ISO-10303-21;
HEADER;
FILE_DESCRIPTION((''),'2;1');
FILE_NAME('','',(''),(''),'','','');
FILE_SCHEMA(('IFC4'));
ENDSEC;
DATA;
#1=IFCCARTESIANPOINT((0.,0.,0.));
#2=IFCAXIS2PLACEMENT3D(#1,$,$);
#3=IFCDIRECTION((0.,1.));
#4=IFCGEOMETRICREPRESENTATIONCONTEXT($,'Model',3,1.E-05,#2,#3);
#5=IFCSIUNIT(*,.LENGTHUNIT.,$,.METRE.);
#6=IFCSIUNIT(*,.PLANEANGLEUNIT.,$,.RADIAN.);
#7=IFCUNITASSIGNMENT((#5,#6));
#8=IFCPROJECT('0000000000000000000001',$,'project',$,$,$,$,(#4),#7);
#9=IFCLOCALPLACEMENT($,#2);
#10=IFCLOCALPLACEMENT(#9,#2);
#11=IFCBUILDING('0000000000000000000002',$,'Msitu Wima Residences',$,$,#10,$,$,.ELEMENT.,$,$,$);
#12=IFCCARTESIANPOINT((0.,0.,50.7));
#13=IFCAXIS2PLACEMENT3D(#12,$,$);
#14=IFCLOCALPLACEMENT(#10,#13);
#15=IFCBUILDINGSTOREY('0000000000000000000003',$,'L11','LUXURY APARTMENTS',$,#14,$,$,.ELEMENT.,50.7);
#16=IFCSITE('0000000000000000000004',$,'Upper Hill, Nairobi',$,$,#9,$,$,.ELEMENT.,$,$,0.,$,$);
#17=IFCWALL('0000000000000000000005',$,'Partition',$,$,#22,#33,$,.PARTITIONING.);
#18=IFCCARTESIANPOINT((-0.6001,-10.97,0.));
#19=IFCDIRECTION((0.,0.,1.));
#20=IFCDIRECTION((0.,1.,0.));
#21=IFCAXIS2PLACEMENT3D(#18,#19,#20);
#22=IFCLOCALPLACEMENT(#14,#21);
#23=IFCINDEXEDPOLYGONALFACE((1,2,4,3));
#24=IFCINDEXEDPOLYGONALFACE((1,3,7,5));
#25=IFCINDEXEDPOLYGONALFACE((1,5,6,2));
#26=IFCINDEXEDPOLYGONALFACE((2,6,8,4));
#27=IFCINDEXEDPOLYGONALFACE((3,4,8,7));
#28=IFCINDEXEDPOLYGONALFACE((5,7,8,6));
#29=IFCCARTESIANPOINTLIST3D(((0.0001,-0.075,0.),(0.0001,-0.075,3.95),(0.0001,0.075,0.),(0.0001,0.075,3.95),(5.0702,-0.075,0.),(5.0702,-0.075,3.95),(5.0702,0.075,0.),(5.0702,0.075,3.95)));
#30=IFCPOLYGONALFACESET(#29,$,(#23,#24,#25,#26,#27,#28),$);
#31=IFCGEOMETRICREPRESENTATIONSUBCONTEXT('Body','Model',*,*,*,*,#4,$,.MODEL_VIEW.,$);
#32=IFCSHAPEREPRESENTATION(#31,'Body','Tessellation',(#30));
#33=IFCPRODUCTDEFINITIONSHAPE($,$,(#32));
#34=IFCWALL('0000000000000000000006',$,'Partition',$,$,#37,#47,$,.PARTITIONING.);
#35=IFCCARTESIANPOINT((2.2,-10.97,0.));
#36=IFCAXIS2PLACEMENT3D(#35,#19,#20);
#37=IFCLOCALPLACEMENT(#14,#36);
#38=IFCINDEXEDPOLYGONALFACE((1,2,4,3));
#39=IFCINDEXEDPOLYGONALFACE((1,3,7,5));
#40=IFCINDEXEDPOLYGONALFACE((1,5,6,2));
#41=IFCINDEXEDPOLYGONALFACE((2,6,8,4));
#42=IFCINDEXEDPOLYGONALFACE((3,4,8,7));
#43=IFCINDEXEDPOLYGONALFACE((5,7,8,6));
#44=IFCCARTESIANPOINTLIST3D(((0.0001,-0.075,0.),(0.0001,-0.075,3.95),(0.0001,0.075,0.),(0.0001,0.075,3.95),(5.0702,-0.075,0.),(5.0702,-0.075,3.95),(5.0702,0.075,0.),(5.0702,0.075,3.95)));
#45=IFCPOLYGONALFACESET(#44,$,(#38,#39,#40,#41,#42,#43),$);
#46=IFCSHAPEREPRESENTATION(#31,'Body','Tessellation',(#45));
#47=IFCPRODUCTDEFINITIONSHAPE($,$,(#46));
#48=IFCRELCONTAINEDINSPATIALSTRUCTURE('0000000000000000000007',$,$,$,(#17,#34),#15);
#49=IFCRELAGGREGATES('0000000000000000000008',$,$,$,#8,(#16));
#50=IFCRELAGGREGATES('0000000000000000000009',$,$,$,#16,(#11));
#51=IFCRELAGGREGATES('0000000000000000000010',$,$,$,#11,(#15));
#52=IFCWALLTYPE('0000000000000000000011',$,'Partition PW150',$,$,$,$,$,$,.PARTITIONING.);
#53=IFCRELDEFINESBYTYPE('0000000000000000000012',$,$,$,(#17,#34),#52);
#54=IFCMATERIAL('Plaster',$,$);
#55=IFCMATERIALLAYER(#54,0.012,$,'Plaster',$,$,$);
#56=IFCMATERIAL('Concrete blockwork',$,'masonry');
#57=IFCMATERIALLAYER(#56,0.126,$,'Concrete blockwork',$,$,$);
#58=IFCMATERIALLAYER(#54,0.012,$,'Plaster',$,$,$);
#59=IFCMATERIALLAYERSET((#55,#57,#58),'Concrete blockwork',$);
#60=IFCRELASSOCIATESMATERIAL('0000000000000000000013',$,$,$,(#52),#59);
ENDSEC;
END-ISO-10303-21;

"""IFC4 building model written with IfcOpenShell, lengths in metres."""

from ifc_helpers import new_model, si_unit, direction, frame, frame_2d, origin, place, context, subcontext, project, spatial, rectangle, extrude, material, layer, layer_set, type_object, element, save


model = new_model("IFC4")

# Units and contexts
model_context = context("Model", 3, precision=1e-05, world=origin(), true_north=direction((0.0, 1.0)))
body_context = subcontext(model_context, "Body", "Model", "MODEL_VIEW")
ifc_project = project(units=[si_unit("LENGTHUNIT", "METRE"), si_unit("PLANEANGLEUNIT", "RADIAN")], contexts=[model_context])

# Site, building, storey
site_placement = place(None, origin())
site = spatial("IfcSite", under=ifc_project, at=site_placement, Name="Upper Hill, Nairobi", CompositionType="ELEMENT", RefElevation=0.0)
building_placement = place(site_placement, origin())
building = spatial("IfcBuilding", under=site, at=building_placement, Name="Msitu Wima Residences", CompositionType="ELEMENT")
storey_placement = place(building_placement, frame((0.0, 0.0, 50.7)))
storey = spatial("IfcBuildingStorey", under=building, at=storey_placement, Name="L11", Description="LUXURY APARTMENTS", CompositionType="ELEMENT", Elevation=50.7)

# Walls
ifc_material_1 = material(Name="Plaster")
ifc_layer_1 = layer(ifc_material_1, 0.012, Name="Plaster")
ifc_material_2 = material(Name="Concrete blockwork", Category="masonry")
ifc_layer_2 = layer(ifc_material_2, 0.126, Name="Concrete blockwork")
ifc_layer_3 = layer(ifc_material_1, 0.012, Name="Plaster")
ifc_layer_set_1 = layer_set([ifc_layer_1, ifc_layer_2, ifc_layer_3], Name="Concrete blockwork")
wall_type_1 = type_object("IfcWallType", Name="Partition PW150", PredefinedType="PARTITIONING", material=ifc_layer_set_1)
for number, where, z_axis, x_axis, name in (
    (1, (-0.6001, -10.97, 0.0), (0.0, 0.0, 1.0), (0.0, 1.0, 0.0), "Partition"),
    (2, (2.2, -10.97, 0.0), (0.0, 0.0, 1.0), (0.0, 1.0, 0.0), "Partition"),
):
    element("IfcWall", number, at=place(storey_placement, frame(where, z_axis=z_axis, x_axis=x_axis)), inside=storey, type_object=wall_type_1, Name=name, PredefinedType="PARTITIONING", context=body_context, shape_type="SweptSolid", body=[
        extrude(rectangle(XDim=5.0701, YDim=0.1499, at=frame_2d((2.5352, 0.0))), origin(), (0.0, 0.0, 1.0), 3.95),
    ])

save(model, "model.ifc")
